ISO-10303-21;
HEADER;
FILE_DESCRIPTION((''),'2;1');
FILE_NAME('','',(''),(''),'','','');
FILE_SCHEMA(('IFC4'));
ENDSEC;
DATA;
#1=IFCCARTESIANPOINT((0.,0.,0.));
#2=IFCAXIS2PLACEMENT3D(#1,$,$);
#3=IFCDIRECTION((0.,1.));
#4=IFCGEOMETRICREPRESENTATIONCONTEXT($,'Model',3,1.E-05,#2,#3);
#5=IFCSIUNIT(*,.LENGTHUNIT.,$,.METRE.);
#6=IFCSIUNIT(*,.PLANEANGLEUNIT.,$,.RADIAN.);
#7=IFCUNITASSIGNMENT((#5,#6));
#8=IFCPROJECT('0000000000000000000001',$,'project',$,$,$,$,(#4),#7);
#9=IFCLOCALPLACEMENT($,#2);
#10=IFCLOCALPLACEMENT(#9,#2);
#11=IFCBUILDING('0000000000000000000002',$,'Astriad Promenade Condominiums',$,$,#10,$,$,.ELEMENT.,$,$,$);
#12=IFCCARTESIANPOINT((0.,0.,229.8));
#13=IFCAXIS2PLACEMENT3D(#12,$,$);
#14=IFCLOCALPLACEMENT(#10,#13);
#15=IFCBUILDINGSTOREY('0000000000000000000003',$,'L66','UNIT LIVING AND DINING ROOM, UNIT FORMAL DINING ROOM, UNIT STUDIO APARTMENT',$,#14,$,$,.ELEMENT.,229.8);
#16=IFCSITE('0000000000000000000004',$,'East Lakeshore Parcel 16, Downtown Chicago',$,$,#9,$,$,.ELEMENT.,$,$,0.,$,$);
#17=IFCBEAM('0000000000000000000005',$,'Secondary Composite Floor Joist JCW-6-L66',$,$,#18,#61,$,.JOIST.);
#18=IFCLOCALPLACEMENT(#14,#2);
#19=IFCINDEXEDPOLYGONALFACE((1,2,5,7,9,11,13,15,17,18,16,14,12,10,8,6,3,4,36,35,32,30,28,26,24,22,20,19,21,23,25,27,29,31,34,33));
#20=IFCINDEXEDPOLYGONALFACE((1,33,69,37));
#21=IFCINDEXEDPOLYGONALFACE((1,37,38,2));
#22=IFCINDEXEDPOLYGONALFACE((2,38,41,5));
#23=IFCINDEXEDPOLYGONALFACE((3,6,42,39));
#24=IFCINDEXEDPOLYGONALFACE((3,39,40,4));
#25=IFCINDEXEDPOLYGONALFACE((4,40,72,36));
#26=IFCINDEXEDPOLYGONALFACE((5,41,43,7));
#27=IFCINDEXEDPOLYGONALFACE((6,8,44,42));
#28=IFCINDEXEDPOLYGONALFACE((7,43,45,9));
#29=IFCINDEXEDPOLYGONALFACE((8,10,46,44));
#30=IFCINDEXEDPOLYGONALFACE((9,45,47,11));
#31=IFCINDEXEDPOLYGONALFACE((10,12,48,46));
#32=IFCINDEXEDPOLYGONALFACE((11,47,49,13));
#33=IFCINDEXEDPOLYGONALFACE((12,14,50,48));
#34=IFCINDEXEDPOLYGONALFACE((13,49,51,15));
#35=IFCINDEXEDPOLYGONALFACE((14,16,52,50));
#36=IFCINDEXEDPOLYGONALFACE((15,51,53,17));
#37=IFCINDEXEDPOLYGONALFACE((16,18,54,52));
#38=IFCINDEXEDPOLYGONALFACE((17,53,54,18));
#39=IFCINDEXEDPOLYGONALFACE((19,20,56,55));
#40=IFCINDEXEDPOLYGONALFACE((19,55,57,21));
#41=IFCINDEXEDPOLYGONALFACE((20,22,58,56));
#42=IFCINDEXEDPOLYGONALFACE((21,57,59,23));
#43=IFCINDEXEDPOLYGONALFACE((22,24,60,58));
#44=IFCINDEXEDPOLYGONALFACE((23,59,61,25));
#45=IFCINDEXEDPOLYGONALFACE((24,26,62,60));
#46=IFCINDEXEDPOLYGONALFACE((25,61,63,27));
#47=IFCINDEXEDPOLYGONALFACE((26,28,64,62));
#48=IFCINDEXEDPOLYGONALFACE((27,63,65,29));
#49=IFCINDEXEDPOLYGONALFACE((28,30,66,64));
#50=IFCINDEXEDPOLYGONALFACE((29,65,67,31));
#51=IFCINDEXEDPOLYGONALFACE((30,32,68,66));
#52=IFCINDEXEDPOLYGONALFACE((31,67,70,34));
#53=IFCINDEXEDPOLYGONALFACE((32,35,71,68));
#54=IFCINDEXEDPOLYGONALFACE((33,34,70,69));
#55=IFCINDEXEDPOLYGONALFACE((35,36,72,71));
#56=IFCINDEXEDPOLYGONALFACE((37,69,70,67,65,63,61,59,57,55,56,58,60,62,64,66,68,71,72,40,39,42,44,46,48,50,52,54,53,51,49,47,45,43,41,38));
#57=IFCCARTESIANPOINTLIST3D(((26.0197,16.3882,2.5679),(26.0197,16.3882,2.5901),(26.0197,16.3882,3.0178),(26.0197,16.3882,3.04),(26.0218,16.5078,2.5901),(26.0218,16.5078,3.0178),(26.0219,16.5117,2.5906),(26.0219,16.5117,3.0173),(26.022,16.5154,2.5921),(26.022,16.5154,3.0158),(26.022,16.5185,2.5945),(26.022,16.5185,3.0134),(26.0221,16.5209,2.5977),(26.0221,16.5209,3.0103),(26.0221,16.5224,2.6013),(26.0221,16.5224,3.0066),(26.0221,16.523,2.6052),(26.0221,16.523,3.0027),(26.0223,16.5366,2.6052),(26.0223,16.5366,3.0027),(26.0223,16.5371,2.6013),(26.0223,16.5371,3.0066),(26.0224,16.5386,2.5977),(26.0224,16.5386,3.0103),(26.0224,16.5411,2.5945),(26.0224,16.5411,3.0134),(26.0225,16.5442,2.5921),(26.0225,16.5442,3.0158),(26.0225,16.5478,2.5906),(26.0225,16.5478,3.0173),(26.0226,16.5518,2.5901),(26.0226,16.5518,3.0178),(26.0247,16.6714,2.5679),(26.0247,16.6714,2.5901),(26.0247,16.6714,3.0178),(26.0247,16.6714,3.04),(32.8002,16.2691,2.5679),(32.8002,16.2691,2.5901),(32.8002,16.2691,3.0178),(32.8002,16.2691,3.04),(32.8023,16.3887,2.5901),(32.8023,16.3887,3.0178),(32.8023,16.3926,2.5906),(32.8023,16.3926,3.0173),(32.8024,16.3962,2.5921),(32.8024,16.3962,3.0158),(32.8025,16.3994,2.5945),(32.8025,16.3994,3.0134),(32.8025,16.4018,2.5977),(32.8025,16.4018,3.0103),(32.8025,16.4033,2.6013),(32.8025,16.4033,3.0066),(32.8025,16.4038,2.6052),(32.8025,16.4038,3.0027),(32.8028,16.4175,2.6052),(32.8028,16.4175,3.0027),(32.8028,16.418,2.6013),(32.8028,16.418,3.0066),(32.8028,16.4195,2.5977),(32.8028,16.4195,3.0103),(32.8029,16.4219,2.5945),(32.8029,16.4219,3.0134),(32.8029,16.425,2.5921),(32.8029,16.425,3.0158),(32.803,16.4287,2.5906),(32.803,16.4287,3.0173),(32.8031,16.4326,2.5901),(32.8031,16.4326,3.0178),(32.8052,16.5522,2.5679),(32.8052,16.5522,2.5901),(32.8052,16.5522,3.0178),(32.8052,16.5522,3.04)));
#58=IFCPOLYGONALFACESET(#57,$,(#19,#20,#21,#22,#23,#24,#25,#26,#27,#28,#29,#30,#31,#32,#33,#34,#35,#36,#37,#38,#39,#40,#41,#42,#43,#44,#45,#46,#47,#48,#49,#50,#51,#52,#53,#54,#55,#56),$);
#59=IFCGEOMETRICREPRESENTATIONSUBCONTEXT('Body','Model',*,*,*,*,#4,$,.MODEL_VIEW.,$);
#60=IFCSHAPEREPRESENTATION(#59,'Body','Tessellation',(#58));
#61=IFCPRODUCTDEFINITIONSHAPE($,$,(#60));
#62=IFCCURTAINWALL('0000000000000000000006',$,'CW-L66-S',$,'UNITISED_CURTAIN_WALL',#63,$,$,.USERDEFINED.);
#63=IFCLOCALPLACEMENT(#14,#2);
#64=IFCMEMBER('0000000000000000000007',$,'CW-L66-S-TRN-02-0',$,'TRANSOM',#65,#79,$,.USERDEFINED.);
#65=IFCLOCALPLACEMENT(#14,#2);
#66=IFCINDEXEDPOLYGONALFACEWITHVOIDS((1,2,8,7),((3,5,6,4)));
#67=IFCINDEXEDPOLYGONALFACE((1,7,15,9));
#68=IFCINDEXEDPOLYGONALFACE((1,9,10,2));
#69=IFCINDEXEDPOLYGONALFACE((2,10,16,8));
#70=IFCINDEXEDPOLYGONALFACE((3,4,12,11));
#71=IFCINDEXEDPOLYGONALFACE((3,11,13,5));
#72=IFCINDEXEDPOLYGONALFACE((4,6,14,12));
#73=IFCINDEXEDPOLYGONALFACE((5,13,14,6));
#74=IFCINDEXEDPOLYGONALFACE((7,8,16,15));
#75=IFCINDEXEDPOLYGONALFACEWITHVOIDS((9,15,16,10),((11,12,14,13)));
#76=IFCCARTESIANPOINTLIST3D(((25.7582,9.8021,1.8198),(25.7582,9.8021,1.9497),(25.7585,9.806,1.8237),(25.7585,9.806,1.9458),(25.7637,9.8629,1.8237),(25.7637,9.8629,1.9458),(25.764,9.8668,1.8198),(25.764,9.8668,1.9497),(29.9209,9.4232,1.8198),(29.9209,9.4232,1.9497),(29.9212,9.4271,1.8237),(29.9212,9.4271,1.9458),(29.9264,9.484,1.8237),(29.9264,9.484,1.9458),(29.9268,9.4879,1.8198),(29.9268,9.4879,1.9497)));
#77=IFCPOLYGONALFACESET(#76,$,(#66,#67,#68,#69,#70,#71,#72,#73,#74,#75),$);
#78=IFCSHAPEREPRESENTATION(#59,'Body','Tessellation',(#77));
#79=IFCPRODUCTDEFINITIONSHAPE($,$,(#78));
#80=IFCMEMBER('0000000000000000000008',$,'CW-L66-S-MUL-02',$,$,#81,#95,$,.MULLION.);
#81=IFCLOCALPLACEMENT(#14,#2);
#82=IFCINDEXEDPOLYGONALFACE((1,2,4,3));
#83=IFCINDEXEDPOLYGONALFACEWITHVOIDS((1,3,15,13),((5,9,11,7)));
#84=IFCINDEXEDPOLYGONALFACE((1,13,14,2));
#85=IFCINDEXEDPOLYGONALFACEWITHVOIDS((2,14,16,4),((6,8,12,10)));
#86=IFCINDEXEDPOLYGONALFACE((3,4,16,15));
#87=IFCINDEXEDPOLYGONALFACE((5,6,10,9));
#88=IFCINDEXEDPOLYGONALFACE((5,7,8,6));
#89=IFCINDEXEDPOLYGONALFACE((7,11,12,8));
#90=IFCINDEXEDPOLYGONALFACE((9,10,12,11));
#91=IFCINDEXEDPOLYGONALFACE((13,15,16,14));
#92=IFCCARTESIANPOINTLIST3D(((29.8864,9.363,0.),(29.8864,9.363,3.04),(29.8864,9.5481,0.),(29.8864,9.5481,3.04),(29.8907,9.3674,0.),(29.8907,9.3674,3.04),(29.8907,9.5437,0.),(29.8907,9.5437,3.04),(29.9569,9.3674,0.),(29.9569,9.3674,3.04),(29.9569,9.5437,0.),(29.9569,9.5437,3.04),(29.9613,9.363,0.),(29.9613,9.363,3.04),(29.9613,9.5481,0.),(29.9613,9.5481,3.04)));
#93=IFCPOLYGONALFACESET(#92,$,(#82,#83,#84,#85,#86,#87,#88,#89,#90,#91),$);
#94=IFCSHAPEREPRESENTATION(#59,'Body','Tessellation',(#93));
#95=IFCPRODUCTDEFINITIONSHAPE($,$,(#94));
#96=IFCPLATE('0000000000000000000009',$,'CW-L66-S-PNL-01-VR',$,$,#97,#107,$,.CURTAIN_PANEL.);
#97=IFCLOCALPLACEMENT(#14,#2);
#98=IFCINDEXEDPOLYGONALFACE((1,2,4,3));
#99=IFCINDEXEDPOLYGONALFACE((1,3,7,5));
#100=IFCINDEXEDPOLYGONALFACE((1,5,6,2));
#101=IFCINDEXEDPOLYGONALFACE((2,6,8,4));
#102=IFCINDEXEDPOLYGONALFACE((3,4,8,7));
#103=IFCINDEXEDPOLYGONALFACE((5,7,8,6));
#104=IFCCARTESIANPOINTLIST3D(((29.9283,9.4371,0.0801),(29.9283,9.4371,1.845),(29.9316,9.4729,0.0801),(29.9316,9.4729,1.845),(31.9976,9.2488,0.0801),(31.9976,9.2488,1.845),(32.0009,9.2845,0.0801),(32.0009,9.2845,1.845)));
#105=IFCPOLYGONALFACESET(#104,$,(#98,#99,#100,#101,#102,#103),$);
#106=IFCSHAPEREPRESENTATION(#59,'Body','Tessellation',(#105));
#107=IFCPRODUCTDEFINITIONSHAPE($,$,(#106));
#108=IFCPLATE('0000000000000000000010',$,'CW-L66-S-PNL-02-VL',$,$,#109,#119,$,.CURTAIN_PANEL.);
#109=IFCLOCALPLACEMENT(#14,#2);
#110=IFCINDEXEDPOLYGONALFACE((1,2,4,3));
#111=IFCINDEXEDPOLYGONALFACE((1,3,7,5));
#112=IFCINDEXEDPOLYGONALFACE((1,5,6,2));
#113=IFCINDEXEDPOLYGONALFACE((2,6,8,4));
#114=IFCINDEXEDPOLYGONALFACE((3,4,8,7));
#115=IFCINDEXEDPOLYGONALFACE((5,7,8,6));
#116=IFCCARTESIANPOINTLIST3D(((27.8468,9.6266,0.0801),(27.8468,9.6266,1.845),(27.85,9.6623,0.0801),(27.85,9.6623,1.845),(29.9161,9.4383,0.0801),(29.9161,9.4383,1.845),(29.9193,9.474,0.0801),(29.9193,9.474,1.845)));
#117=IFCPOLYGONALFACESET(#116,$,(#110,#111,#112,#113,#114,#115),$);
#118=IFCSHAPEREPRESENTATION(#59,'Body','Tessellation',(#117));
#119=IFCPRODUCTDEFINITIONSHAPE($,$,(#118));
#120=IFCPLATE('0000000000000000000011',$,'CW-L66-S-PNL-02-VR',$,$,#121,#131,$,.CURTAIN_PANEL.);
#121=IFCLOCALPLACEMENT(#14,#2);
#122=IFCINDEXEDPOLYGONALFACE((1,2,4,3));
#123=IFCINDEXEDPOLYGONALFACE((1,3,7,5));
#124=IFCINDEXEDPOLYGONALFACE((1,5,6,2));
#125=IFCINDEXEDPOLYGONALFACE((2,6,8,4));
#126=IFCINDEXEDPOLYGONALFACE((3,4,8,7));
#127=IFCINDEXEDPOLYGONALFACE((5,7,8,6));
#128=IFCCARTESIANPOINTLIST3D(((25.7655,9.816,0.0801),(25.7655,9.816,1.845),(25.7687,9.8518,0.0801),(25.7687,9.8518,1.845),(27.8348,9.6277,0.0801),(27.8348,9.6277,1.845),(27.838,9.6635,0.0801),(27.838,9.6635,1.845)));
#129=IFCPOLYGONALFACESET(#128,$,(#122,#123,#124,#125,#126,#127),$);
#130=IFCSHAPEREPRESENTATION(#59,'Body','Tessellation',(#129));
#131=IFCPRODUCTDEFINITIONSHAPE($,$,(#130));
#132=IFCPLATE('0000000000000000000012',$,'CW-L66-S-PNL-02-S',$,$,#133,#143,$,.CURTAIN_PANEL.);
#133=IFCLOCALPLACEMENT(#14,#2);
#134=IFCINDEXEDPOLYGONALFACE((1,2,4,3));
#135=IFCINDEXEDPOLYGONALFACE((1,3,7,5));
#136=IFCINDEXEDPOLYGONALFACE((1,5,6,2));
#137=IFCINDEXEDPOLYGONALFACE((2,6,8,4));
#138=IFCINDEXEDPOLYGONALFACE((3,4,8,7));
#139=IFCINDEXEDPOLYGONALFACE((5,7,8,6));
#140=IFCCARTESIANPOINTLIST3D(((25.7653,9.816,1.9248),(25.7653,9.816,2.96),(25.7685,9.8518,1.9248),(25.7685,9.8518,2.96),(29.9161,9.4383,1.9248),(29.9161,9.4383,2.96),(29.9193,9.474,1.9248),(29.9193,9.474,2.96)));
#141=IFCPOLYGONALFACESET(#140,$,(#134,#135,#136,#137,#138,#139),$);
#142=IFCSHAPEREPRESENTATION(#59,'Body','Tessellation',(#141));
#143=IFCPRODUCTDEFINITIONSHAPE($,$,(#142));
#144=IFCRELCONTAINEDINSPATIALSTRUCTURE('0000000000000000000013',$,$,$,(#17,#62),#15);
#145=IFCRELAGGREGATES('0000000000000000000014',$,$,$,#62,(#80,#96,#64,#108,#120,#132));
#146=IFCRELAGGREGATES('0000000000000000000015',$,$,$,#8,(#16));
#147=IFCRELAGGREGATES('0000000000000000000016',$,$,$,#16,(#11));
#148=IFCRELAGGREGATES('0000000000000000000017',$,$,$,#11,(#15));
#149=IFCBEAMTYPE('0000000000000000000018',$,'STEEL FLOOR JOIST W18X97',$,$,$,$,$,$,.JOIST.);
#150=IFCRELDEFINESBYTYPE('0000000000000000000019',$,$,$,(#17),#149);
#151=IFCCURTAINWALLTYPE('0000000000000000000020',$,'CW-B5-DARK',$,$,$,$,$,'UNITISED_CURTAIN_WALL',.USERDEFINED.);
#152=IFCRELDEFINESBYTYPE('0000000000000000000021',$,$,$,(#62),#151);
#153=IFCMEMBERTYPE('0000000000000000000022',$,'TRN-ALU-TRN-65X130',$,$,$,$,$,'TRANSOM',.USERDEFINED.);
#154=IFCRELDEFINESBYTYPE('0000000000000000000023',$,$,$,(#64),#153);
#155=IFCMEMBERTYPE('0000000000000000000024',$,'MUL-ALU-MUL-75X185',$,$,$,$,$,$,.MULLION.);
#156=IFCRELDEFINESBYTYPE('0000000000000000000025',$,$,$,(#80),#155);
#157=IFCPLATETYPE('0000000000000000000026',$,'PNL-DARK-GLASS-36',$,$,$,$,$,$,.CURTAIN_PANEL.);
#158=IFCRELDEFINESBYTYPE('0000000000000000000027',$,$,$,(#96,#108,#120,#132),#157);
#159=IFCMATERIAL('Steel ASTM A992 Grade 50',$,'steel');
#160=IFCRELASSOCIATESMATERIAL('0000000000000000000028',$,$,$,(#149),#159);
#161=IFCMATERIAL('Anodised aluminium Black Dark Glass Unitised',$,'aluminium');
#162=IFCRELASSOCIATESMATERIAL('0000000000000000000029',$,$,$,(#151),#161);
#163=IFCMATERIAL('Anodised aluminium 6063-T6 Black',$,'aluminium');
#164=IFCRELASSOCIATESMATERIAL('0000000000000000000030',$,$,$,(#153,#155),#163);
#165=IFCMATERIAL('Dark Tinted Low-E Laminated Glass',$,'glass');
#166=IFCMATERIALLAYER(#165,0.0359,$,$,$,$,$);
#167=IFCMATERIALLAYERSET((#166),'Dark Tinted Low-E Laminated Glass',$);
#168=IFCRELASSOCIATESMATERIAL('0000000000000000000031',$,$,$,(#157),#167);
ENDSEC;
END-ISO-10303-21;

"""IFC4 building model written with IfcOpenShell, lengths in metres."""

from ifc_helpers import new_model, si_unit, direction, frame, origin, origin_2d, place, context, subcontext, project, spatial, rectangle, hollow_rectangle, i_section, extrude, source, transform, mapped, material, layer, layer_set, material_profile, profile_set, type_object, type_shapes, element, aggregate, save


model = new_model("IFC4")

# Units and contexts
model_context = context("Model", 3, precision=1e-05, world=origin(), true_north=direction((0.0, 1.0)))
body_context = subcontext(model_context, "Body", "Model", "MODEL_VIEW")
ifc_project = project(units=[si_unit("LENGTHUNIT", "METRE"), si_unit("PLANEANGLEUNIT", "RADIAN")], contexts=[model_context])

# Site, building, storey
site_placement = place(None, origin())
site = spatial("IfcSite", under=ifc_project, at=site_placement, Name="East Lakeshore Parcel 16, Downtown Chicago", CompositionType="ELEMENT", RefElevation=0.0)
building_placement = place(site_placement, origin())
building = spatial("IfcBuilding", under=site, at=building_placement, Name="Astriad Promenade Condominiums", CompositionType="ELEMENT")
storey_placement = place(building_placement, frame((0.0, 0.0, 229.8)))
storey = spatial("IfcBuildingStorey", under=building, at=storey_placement, Name="L66", Description="UNIT LIVING AND DINING ROOM, UNIT FORMAL DINING ROOM, UNIT STUDIO APARTMENT", CompositionType="ELEMENT", Elevation=229.8)

# Shared definitions
ifc_material_1 = material(Name="Steel ASTM A992 Grade 50", Category="steel")

# Beam
ifc_material_profile_1 = material_profile(ifc_material_1, i_section(OverallWidth=0.2832, OverallDepth=0.4722, WebThickness=0.0137, FlangeThickness=0.0222, FilletRadius=0.0151, at=origin_2d()), Name="W18X97")
ifc_profile_set_1 = profile_set([ifc_material_profile_1], Name="Steel ASTM A992 Grade 50")
beam_type_1 = type_object("IfcBeamType", Name="STEEL FLOOR JOIST W18X97", PredefinedType="JOIST", material=ifc_profile_set_1)
shared_shape_1 = source(origin(), body_context, "Body", "SweptSolid", [
    extrude(i_section(OverallWidth=0.2832, OverallDepth=0.4722, WebThickness=0.0137, FlangeThickness=0.0222, FilletRadius=0.0151, at=origin_2d()), origin(), (0.0, 0.0, 1.0), 6.7815),
])
type_shapes(beam_type_1, [shared_shape_1])
beam_1_placement = place(storey_placement, frame((26.0222, 16.5298, 2.804), z_axis=(0.999846, -0.017568, 0.0), x_axis=(0.017568, 0.999846, 0.0)))
element("IfcBeam", 1, at=beam_1_placement, inside=storey, type_object=beam_type_1, Name="Secondary Composite Floor Joist JCW-6-L66", PredefinedType="JOIST", context=body_context, shape_type="MappedRepresentation", body=[
    mapped(shared_shape_1, transform((0.0, 0.0, 0.0), scale=1.0)),
])

# Curtain wall, members, plates
ifc_material_2 = material(Name="Anodised aluminium Black Dark Glass Unitised", Category="aluminium")
curtain_wall_type = type_object("IfcCurtainWallType", Name="CW-B5-DARK", ElementType="UNITISED_CURTAIN_WALL", PredefinedType="USERDEFINED", material=ifc_material_2)
curtain_wall_placement = place(storey_placement, origin())
curtain_wall = element("IfcCurtainWall", 2, at=curtain_wall_placement, inside=storey, type_object=curtain_wall_type, Name="CW-L66-S", ObjectType="UNITISED_CURTAIN_WALL", PredefinedType="USERDEFINED")
ifc_material_3 = material(Name="Anodised aluminium 6063-T6 Black", Category="aluminium")
ifc_material_profile_2 = material_profile(ifc_material_3, hollow_rectangle(XDim=0.0649, YDim=0.1299, WallThickness=0.0039, at=origin_2d()), Name="ALU-TRN-65X130")
ifc_profile_set_2 = profile_set([ifc_material_profile_2], Name="Anodised aluminium 6063-T6 Black")
member_type_1 = type_object("IfcMemberType", Name="TRN-ALU-TRN-65X130", ElementType="TRANSOM", PredefinedType="USERDEFINED", material=ifc_profile_set_2)
shared_shape_2 = source(origin(), body_context, "Body", "SweptSolid", [
    extrude(hollow_rectangle(XDim=0.0649, YDim=0.1299, WallThickness=0.0039, at=origin_2d()), origin(), (0.0, 0.0, 1.0), 4.1799),
])
type_shapes(member_type_1, [shared_shape_2])
member_1_placement = place(storey_placement, frame((29.9238, 9.4556, 1.8848), z_axis=(-0.995883, 0.090646, 0.0), x_axis=(-0.090646, -0.995883, 0.0)))
member_1 = element("IfcMember", 3, at=member_1_placement, type_object=member_type_1, Name="CW-L66-S-TRN-02-0", ObjectType="TRANSOM", PredefinedType="USERDEFINED", context=body_context, shape_type="MappedRepresentation", body=[
    mapped(shared_shape_2, transform((0.0, 0.0, 0.0), scale=1.0)),
])
ifc_material_profile_3 = material_profile(ifc_material_3, hollow_rectangle(XDim=0.075, YDim=0.1851, WallThickness=0.0044, at=origin_2d()), Name="ALU-MUL-75X185")
ifc_profile_set_3 = profile_set([ifc_material_profile_3], Name="Anodised aluminium 6063-T6 Black")
member_type_2 = type_object("IfcMemberType", Name="MUL-ALU-MUL-75X185", PredefinedType="MULLION", material=ifc_profile_set_3)
shared_shape_3 = source(origin(), body_context, "Body", "SweptSolid", [
    extrude(hollow_rectangle(XDim=0.075, YDim=0.1851, WallThickness=0.0044, at=origin_2d()), origin(), (0.0, 0.0, 1.0), 3.04),
])
type_shapes(member_type_2, [shared_shape_3])
member_2_placement = place(storey_placement, frame((29.9238, 9.4556, 0.0), z_axis=(0.0, 0.0, 1.0), x_axis=(1.0, 0.0, 0.0)))
member_2 = element("IfcMember", 4, at=member_2_placement, type_object=member_type_2, Name="CW-L66-S-MUL-02", PredefinedType="MULLION", context=body_context, shape_type="MappedRepresentation", body=[
    mapped(shared_shape_3, transform((0.0, 0.0, 0.0), scale=1.0)),
])
ifc_material_4 = material(Name="Dark Tinted Low-E Laminated Glass", Category="glass")
ifc_layer_1 = layer(ifc_material_4, 0.0359)
ifc_layer_set_1 = layer_set([ifc_layer_1], Name="Dark Tinted Low-E Laminated Glass")
plate_type = type_object("IfcPlateType", Name="PNL-DARK-GLASS-36", PredefinedType="CURTAIN_PANEL", material=ifc_layer_set_1)
shared_shape_4 = source(origin(), body_context, "Body", "SweptSolid", [
    extrude(rectangle(XDim=2.0779, YDim=0.0359, at=origin_2d()), origin(), (0.0, 0.0, 1.0), 1.7649),
])
plate_1_placement = place(storey_placement, frame((30.9646, 9.3608, 0.0801), z_axis=(0.0, 0.0, 1.0), x_axis=(-0.995884, 0.090633, 0.0)))
plate_1 = element("IfcPlate", 5, at=plate_1_placement, type_object=plate_type, Name="CW-L66-S-PNL-01-VR", PredefinedType="CURTAIN_PANEL", context=body_context, shape_type="MappedRepresentation", body=[
    mapped(shared_shape_4, transform((0.0, 0.0, 0.0), scale=1.0)),
])
plate_2_placement = place(storey_placement, frame((28.8831, 9.5503, 0.0801), z_axis=(0.0, 0.0, 1.0), x_axis=(-0.995884, 0.090633, 0.0)))
plate_2 = element("IfcPlate", 6, at=plate_2_placement, type_object=plate_type, Name="CW-L66-S-PNL-02-VL", PredefinedType="CURTAIN_PANEL", context=body_context, shape_type="MappedRepresentation", body=[
    mapped(shared_shape_4, transform((0.0, 0.0, 0.0), scale=1.0)),
])
plate_3_placement = place(storey_placement, frame((26.8018, 9.7397, 0.0801), z_axis=(0.0, 0.0, 1.0), x_axis=(-0.995884, 0.090633, 0.0)))
plate_3 = element("IfcPlate", 7, at=plate_3_placement, type_object=plate_type, Name="CW-L66-S-PNL-02-VR", PredefinedType="CURTAIN_PANEL", context=body_context, shape_type="MappedRepresentation", body=[
    mapped(shared_shape_4, transform((0.0, 0.0, 0.0), scale=1.0)),
])
shared_shape_5 = source(origin(), body_context, "Body", "SweptSolid", [
    extrude(rectangle(XDim=4.168, YDim=0.0359, at=origin_2d()), origin(), (0.0, 0.0, 1.0), 1.0352),
])
type_shapes(plate_type, [shared_shape_4, shared_shape_5])
plate_4_placement = place(storey_placement, frame((27.8423, 9.645, 1.9248), z_axis=(0.0, 0.0, 1.0), x_axis=(-0.995884, 0.090633, 0.0)))
plate_4 = element("IfcPlate", 8, at=plate_4_placement, type_object=plate_type, Name="CW-L66-S-PNL-02-S", PredefinedType="CURTAIN_PANEL", context=body_context, shape_type="MappedRepresentation", body=[
    mapped(shared_shape_5, transform((0.0, 0.0, 0.0), scale=1.0)),
])
aggregate(curtain_wall, [member_2, plate_1, member_1, plate_2, plate_3, plate_4])

save(model, "model.ifc")
